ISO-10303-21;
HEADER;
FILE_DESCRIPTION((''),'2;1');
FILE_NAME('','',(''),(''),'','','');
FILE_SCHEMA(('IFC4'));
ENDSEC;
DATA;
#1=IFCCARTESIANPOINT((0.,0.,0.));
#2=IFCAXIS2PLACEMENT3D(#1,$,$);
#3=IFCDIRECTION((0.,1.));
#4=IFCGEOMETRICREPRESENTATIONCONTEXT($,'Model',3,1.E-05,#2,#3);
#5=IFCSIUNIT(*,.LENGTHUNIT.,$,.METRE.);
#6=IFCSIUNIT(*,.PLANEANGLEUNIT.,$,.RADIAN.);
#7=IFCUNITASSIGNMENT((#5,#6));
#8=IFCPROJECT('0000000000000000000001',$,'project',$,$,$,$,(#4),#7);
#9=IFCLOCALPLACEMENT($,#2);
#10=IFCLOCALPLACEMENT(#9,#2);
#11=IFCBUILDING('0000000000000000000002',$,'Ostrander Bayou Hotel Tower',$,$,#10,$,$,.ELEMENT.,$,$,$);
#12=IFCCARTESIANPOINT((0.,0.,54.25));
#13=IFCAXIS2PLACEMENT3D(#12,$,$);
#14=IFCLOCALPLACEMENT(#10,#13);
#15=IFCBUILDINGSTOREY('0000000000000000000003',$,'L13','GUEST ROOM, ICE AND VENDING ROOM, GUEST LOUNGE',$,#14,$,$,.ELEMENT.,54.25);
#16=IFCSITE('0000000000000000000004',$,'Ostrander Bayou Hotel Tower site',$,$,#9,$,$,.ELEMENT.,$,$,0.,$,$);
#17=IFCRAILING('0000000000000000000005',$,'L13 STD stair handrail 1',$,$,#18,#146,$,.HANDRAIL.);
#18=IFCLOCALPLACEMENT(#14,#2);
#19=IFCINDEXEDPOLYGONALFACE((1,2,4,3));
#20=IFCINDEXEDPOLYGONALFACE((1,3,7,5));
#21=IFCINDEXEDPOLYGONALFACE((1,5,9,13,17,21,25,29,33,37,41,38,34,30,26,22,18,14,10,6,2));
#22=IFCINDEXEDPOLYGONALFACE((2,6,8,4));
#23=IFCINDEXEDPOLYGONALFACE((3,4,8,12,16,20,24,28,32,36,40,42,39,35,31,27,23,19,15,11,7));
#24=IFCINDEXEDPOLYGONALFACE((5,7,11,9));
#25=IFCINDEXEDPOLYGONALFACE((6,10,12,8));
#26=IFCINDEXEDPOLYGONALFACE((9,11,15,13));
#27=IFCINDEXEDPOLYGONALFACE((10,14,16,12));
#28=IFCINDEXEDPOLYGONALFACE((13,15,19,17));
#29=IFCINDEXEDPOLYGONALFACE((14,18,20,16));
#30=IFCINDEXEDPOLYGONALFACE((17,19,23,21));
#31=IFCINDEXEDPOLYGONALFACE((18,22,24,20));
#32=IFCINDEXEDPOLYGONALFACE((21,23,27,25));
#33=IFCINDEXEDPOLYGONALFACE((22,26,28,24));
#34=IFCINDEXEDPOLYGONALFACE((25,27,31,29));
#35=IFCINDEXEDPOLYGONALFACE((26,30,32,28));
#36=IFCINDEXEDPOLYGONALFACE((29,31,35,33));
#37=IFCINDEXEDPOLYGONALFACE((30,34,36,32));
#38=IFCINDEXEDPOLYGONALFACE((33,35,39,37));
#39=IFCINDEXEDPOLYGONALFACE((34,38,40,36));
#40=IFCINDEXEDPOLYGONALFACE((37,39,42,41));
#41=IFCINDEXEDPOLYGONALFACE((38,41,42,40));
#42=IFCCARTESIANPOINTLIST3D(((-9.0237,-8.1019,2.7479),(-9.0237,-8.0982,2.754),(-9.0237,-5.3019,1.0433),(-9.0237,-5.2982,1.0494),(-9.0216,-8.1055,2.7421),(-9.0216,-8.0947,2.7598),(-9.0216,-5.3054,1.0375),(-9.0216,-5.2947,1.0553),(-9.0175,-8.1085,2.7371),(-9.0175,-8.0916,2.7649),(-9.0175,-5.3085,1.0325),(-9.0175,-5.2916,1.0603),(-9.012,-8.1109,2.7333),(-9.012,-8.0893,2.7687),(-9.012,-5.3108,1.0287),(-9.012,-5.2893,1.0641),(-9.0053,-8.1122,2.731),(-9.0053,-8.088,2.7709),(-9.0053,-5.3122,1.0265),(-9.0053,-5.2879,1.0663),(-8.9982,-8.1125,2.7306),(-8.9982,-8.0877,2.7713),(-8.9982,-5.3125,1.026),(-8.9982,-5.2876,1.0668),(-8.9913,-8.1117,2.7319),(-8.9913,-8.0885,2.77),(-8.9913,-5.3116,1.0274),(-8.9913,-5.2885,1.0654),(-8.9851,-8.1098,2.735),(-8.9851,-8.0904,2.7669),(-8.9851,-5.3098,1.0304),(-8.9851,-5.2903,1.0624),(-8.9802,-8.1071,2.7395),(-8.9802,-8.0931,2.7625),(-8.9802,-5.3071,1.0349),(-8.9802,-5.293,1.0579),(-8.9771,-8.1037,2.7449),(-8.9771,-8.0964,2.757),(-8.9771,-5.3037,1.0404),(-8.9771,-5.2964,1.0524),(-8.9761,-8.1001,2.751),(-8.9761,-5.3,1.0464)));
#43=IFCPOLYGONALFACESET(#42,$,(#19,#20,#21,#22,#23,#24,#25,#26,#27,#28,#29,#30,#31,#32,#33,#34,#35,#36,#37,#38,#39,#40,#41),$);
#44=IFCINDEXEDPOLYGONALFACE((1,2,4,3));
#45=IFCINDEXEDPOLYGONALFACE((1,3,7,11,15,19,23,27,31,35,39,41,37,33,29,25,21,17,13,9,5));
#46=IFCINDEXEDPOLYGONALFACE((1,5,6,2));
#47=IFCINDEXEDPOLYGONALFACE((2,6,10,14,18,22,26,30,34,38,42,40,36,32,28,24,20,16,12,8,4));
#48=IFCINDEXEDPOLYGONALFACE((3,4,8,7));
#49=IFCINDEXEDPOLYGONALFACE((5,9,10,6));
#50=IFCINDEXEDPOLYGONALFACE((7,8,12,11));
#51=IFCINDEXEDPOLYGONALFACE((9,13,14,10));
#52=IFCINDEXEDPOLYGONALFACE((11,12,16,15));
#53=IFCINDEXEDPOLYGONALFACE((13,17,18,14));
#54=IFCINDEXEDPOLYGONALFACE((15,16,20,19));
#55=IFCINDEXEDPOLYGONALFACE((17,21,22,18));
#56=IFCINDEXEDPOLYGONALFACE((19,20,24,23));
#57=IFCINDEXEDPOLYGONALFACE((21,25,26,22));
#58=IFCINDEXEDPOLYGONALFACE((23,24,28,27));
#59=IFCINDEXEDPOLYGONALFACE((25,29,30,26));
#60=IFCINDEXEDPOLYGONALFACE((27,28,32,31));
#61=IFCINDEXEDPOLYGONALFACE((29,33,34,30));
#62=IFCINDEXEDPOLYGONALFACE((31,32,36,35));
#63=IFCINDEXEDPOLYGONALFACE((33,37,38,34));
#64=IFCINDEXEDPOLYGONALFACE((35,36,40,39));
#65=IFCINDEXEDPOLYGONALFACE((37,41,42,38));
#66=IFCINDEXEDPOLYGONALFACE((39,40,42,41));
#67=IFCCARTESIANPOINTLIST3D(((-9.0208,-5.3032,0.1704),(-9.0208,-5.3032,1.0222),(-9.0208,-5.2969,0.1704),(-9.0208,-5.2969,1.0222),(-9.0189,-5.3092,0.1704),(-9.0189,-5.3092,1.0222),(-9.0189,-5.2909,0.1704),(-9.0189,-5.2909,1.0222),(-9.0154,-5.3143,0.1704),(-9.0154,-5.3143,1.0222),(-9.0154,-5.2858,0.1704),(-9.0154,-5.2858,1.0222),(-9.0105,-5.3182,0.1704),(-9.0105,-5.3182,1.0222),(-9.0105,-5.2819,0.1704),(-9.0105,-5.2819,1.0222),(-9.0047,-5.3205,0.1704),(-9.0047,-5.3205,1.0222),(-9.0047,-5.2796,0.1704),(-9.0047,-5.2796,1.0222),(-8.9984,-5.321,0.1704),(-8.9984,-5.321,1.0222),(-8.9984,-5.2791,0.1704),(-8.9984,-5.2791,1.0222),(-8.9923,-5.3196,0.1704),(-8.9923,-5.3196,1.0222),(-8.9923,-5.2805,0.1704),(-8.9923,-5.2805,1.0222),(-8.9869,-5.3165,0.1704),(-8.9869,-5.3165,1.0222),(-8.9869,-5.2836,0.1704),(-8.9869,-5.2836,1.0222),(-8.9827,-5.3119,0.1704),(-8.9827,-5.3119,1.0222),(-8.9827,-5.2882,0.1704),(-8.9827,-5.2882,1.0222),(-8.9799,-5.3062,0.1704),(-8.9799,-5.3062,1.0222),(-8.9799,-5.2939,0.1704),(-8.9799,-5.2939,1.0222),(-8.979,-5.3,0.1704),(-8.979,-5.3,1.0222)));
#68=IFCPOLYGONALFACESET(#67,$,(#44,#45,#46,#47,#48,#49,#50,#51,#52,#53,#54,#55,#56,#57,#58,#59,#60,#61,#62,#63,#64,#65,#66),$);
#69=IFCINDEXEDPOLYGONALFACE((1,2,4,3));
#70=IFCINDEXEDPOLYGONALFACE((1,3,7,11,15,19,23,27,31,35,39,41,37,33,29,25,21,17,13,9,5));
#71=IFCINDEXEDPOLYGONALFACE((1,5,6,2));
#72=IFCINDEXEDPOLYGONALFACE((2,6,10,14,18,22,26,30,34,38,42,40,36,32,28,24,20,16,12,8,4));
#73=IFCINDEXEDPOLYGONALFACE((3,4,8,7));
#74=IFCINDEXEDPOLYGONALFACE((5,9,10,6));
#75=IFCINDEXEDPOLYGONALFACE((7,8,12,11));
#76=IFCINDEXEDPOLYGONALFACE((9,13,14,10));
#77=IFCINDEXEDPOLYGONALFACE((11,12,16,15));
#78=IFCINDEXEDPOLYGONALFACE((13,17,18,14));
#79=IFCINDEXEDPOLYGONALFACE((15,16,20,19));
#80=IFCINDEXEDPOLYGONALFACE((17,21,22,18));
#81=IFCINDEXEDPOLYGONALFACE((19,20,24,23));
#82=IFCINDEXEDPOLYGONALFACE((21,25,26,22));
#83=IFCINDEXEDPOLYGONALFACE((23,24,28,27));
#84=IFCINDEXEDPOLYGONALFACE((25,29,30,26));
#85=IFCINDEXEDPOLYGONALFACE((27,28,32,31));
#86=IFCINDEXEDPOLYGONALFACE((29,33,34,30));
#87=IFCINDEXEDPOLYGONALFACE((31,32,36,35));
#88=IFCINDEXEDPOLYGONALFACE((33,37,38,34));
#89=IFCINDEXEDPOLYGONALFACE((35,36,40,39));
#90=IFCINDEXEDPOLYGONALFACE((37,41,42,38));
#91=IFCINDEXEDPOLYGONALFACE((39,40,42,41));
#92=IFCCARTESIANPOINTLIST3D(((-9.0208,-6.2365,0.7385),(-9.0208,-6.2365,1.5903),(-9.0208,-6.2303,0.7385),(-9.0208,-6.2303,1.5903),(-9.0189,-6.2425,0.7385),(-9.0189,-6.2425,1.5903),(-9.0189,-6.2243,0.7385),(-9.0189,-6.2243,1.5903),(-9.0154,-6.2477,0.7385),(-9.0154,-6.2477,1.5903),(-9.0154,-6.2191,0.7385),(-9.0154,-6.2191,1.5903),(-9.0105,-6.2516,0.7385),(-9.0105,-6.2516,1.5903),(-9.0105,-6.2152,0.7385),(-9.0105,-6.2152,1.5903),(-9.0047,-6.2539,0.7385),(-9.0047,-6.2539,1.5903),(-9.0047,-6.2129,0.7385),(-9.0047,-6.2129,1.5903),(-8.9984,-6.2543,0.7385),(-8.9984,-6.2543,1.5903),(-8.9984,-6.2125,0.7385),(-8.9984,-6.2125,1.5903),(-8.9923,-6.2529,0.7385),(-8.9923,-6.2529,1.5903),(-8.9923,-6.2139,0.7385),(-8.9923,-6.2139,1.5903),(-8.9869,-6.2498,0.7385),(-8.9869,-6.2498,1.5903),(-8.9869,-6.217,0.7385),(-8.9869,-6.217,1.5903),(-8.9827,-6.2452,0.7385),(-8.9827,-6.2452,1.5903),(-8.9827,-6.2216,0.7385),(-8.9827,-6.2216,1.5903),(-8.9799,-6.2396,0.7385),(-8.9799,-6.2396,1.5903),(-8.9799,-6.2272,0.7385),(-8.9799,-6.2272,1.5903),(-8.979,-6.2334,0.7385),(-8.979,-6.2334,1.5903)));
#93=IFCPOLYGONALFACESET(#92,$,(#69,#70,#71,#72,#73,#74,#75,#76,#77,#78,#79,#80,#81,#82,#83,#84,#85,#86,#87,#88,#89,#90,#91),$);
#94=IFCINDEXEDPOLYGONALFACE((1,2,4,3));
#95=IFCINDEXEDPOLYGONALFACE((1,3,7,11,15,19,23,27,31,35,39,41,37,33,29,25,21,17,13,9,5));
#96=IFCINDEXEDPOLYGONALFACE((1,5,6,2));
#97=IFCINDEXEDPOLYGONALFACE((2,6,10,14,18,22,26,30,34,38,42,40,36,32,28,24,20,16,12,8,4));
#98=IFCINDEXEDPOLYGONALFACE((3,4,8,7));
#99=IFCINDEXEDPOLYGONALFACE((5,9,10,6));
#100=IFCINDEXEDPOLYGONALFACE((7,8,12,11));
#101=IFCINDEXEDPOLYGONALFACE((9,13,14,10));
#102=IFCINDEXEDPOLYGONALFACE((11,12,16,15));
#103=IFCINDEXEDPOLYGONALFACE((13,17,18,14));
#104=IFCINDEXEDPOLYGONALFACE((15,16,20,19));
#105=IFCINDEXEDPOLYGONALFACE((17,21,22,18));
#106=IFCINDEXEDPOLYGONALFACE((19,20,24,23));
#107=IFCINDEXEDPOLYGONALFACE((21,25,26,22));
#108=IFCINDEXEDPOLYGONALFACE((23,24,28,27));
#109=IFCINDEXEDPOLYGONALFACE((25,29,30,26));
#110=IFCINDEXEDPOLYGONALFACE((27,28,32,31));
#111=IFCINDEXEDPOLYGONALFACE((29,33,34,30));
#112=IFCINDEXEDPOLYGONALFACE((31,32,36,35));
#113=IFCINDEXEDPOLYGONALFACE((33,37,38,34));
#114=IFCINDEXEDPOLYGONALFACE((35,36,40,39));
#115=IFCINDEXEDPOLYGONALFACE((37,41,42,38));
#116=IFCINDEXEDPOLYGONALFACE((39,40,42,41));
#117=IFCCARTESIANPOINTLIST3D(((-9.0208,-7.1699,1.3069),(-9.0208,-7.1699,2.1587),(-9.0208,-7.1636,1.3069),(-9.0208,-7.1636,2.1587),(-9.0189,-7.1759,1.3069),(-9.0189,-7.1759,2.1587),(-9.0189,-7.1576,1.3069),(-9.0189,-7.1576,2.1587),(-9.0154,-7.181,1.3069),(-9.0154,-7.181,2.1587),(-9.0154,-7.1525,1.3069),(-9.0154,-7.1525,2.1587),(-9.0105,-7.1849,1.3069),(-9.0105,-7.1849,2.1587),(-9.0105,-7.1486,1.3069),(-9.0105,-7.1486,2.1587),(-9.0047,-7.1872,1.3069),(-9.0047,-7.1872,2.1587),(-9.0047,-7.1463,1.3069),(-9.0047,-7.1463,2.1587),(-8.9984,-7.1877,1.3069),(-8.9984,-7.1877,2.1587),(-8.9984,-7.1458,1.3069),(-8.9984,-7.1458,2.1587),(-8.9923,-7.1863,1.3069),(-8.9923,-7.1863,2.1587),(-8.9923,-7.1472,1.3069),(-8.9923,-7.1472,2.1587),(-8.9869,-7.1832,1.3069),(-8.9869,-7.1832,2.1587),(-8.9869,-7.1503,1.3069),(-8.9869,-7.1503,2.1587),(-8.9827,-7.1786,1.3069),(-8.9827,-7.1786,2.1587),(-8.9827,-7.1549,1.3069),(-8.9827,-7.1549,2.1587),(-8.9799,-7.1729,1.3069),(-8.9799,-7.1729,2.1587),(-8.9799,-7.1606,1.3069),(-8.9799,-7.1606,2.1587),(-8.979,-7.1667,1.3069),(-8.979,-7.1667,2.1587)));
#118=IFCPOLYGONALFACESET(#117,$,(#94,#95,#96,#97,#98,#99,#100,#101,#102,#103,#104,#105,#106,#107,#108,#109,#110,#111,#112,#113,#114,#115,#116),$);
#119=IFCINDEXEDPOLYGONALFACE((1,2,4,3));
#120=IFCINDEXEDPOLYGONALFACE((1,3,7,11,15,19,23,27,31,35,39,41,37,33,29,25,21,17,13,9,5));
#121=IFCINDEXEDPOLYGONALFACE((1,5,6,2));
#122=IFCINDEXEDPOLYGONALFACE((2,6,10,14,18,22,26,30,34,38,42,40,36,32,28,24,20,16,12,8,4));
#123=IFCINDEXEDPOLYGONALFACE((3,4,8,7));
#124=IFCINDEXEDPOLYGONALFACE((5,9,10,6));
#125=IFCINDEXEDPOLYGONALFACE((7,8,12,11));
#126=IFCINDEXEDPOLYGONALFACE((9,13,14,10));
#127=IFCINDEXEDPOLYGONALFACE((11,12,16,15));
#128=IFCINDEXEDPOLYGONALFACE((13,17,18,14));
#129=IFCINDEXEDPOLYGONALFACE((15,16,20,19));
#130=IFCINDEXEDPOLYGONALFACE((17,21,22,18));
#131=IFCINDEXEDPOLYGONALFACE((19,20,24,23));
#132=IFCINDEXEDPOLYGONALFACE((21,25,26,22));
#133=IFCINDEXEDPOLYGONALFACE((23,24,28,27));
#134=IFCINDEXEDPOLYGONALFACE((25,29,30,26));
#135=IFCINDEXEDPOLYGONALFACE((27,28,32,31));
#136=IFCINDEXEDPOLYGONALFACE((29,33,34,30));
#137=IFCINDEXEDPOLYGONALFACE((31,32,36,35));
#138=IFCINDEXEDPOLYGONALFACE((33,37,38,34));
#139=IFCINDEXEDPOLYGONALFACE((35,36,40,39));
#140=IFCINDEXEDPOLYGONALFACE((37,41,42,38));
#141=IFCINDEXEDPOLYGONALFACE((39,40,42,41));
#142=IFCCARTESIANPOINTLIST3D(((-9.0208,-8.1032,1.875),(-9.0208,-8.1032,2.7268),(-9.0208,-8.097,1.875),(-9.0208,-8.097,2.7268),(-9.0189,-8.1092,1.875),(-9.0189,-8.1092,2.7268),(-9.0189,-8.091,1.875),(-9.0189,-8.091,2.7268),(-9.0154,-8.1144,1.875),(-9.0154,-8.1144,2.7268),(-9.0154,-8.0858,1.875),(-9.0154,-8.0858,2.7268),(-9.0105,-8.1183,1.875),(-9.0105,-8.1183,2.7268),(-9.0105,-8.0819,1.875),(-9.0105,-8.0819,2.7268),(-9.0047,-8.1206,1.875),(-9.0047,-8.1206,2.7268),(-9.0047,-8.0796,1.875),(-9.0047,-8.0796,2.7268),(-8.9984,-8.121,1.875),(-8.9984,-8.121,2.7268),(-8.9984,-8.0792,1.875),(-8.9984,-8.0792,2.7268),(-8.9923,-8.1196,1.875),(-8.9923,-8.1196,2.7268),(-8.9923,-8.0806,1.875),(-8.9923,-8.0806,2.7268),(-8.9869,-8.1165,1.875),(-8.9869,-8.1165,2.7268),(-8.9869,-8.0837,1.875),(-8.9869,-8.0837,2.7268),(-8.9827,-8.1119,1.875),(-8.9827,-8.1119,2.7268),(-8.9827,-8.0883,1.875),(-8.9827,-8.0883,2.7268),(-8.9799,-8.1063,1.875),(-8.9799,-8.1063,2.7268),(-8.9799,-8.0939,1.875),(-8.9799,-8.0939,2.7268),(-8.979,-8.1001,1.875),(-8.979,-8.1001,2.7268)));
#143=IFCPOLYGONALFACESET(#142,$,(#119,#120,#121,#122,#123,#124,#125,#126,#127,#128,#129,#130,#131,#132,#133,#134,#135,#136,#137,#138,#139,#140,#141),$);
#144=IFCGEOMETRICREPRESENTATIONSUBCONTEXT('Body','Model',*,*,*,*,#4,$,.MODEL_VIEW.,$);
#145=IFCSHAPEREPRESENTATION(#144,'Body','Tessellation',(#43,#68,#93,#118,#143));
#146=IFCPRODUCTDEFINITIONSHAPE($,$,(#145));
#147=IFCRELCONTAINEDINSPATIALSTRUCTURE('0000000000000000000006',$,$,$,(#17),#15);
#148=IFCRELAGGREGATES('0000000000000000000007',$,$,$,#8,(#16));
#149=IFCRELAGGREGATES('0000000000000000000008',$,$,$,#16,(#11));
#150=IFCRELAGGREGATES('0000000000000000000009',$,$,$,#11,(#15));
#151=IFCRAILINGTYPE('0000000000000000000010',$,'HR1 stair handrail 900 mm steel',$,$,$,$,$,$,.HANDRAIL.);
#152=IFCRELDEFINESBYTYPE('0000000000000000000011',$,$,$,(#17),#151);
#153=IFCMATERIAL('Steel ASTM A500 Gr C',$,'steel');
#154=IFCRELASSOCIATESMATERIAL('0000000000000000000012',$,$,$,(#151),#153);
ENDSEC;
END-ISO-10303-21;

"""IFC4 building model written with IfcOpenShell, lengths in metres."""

from ifc_helpers import new_model, si_unit, direction, frame, origin, origin_2d, place, context, subcontext, project, spatial, circle, extrude, material, type_object, element, save


model = new_model("IFC4")

# Units and contexts
model_context = context("Model", 3, precision=1e-05, world=origin(), true_north=direction((0.0, 1.0)))
body_context = subcontext(model_context, "Body", "Model", "MODEL_VIEW")
ifc_project = project(units=[si_unit("LENGTHUNIT", "METRE"), si_unit("PLANEANGLEUNIT", "RADIAN")], contexts=[model_context])

# Site, building, storey
site_placement = place(None, origin())
site = spatial("IfcSite", under=ifc_project, at=site_placement, Name="Ostrander Bayou Hotel Tower site", CompositionType="ELEMENT", RefElevation=0.0)
building_placement = place(site_placement, origin())
building = spatial("IfcBuilding", under=site, at=building_placement, Name="Ostrander Bayou Hotel Tower", CompositionType="ELEMENT")
storey_placement = place(building_placement, frame((0.0, 0.0, 54.25)))
storey = spatial("IfcBuildingStorey", under=building, at=storey_placement, Name="L13", Description="GUEST ROOM, ICE AND VENDING ROOM, GUEST LOUNGE", CompositionType="ELEMENT", Elevation=54.25)

# Railing
ifc_material_1 = material(Name="Steel ASTM A500 Gr C", Category="steel")
railing_type_1 = type_object("IfcRailingType", Name="HR1 stair handrail 900 mm steel", PredefinedType="HANDRAIL", material=ifc_material_1)
railing_1_placement = place(storey_placement, frame((-9.0, -5.3, 0.1704)))
element("IfcRailing", 1, at=railing_1_placement, inside=storey, type_object=railing_type_1, Name="L13 STD stair handrail 1", PredefinedType="HANDRAIL", context=body_context, shape_type="SweptSolid", body=[
    extrude(circle(Radius=0.0239, at=origin_2d()), frame((0.0, 0.0, 0.876), z_axis=(0.0, -0.85417, 0.519994), x_axis=(1.0, 0.0, 0.0)), (0.0, 0.0, 1.0), 3.2781),
    extrude(circle(Radius=0.021, at=origin_2d()), origin(), (0.0, 0.0, 1.0), 0.8518),
    extrude(circle(Radius=0.021, at=origin_2d()), frame((0.0, -0.9333, 0.5681)), (0.0, 0.0, 1.0), 0.8518),
    extrude(circle(Radius=0.021, at=origin_2d()), frame((0.0, -1.8667, 1.1365)), (0.0, 0.0, 1.0), 0.8518),
    extrude(circle(Radius=0.021, at=origin_2d()), frame((0.0, -2.8, 1.7046)), (0.0, 0.0, 1.0), 0.8518),
])

save(model, "model.ifc")
